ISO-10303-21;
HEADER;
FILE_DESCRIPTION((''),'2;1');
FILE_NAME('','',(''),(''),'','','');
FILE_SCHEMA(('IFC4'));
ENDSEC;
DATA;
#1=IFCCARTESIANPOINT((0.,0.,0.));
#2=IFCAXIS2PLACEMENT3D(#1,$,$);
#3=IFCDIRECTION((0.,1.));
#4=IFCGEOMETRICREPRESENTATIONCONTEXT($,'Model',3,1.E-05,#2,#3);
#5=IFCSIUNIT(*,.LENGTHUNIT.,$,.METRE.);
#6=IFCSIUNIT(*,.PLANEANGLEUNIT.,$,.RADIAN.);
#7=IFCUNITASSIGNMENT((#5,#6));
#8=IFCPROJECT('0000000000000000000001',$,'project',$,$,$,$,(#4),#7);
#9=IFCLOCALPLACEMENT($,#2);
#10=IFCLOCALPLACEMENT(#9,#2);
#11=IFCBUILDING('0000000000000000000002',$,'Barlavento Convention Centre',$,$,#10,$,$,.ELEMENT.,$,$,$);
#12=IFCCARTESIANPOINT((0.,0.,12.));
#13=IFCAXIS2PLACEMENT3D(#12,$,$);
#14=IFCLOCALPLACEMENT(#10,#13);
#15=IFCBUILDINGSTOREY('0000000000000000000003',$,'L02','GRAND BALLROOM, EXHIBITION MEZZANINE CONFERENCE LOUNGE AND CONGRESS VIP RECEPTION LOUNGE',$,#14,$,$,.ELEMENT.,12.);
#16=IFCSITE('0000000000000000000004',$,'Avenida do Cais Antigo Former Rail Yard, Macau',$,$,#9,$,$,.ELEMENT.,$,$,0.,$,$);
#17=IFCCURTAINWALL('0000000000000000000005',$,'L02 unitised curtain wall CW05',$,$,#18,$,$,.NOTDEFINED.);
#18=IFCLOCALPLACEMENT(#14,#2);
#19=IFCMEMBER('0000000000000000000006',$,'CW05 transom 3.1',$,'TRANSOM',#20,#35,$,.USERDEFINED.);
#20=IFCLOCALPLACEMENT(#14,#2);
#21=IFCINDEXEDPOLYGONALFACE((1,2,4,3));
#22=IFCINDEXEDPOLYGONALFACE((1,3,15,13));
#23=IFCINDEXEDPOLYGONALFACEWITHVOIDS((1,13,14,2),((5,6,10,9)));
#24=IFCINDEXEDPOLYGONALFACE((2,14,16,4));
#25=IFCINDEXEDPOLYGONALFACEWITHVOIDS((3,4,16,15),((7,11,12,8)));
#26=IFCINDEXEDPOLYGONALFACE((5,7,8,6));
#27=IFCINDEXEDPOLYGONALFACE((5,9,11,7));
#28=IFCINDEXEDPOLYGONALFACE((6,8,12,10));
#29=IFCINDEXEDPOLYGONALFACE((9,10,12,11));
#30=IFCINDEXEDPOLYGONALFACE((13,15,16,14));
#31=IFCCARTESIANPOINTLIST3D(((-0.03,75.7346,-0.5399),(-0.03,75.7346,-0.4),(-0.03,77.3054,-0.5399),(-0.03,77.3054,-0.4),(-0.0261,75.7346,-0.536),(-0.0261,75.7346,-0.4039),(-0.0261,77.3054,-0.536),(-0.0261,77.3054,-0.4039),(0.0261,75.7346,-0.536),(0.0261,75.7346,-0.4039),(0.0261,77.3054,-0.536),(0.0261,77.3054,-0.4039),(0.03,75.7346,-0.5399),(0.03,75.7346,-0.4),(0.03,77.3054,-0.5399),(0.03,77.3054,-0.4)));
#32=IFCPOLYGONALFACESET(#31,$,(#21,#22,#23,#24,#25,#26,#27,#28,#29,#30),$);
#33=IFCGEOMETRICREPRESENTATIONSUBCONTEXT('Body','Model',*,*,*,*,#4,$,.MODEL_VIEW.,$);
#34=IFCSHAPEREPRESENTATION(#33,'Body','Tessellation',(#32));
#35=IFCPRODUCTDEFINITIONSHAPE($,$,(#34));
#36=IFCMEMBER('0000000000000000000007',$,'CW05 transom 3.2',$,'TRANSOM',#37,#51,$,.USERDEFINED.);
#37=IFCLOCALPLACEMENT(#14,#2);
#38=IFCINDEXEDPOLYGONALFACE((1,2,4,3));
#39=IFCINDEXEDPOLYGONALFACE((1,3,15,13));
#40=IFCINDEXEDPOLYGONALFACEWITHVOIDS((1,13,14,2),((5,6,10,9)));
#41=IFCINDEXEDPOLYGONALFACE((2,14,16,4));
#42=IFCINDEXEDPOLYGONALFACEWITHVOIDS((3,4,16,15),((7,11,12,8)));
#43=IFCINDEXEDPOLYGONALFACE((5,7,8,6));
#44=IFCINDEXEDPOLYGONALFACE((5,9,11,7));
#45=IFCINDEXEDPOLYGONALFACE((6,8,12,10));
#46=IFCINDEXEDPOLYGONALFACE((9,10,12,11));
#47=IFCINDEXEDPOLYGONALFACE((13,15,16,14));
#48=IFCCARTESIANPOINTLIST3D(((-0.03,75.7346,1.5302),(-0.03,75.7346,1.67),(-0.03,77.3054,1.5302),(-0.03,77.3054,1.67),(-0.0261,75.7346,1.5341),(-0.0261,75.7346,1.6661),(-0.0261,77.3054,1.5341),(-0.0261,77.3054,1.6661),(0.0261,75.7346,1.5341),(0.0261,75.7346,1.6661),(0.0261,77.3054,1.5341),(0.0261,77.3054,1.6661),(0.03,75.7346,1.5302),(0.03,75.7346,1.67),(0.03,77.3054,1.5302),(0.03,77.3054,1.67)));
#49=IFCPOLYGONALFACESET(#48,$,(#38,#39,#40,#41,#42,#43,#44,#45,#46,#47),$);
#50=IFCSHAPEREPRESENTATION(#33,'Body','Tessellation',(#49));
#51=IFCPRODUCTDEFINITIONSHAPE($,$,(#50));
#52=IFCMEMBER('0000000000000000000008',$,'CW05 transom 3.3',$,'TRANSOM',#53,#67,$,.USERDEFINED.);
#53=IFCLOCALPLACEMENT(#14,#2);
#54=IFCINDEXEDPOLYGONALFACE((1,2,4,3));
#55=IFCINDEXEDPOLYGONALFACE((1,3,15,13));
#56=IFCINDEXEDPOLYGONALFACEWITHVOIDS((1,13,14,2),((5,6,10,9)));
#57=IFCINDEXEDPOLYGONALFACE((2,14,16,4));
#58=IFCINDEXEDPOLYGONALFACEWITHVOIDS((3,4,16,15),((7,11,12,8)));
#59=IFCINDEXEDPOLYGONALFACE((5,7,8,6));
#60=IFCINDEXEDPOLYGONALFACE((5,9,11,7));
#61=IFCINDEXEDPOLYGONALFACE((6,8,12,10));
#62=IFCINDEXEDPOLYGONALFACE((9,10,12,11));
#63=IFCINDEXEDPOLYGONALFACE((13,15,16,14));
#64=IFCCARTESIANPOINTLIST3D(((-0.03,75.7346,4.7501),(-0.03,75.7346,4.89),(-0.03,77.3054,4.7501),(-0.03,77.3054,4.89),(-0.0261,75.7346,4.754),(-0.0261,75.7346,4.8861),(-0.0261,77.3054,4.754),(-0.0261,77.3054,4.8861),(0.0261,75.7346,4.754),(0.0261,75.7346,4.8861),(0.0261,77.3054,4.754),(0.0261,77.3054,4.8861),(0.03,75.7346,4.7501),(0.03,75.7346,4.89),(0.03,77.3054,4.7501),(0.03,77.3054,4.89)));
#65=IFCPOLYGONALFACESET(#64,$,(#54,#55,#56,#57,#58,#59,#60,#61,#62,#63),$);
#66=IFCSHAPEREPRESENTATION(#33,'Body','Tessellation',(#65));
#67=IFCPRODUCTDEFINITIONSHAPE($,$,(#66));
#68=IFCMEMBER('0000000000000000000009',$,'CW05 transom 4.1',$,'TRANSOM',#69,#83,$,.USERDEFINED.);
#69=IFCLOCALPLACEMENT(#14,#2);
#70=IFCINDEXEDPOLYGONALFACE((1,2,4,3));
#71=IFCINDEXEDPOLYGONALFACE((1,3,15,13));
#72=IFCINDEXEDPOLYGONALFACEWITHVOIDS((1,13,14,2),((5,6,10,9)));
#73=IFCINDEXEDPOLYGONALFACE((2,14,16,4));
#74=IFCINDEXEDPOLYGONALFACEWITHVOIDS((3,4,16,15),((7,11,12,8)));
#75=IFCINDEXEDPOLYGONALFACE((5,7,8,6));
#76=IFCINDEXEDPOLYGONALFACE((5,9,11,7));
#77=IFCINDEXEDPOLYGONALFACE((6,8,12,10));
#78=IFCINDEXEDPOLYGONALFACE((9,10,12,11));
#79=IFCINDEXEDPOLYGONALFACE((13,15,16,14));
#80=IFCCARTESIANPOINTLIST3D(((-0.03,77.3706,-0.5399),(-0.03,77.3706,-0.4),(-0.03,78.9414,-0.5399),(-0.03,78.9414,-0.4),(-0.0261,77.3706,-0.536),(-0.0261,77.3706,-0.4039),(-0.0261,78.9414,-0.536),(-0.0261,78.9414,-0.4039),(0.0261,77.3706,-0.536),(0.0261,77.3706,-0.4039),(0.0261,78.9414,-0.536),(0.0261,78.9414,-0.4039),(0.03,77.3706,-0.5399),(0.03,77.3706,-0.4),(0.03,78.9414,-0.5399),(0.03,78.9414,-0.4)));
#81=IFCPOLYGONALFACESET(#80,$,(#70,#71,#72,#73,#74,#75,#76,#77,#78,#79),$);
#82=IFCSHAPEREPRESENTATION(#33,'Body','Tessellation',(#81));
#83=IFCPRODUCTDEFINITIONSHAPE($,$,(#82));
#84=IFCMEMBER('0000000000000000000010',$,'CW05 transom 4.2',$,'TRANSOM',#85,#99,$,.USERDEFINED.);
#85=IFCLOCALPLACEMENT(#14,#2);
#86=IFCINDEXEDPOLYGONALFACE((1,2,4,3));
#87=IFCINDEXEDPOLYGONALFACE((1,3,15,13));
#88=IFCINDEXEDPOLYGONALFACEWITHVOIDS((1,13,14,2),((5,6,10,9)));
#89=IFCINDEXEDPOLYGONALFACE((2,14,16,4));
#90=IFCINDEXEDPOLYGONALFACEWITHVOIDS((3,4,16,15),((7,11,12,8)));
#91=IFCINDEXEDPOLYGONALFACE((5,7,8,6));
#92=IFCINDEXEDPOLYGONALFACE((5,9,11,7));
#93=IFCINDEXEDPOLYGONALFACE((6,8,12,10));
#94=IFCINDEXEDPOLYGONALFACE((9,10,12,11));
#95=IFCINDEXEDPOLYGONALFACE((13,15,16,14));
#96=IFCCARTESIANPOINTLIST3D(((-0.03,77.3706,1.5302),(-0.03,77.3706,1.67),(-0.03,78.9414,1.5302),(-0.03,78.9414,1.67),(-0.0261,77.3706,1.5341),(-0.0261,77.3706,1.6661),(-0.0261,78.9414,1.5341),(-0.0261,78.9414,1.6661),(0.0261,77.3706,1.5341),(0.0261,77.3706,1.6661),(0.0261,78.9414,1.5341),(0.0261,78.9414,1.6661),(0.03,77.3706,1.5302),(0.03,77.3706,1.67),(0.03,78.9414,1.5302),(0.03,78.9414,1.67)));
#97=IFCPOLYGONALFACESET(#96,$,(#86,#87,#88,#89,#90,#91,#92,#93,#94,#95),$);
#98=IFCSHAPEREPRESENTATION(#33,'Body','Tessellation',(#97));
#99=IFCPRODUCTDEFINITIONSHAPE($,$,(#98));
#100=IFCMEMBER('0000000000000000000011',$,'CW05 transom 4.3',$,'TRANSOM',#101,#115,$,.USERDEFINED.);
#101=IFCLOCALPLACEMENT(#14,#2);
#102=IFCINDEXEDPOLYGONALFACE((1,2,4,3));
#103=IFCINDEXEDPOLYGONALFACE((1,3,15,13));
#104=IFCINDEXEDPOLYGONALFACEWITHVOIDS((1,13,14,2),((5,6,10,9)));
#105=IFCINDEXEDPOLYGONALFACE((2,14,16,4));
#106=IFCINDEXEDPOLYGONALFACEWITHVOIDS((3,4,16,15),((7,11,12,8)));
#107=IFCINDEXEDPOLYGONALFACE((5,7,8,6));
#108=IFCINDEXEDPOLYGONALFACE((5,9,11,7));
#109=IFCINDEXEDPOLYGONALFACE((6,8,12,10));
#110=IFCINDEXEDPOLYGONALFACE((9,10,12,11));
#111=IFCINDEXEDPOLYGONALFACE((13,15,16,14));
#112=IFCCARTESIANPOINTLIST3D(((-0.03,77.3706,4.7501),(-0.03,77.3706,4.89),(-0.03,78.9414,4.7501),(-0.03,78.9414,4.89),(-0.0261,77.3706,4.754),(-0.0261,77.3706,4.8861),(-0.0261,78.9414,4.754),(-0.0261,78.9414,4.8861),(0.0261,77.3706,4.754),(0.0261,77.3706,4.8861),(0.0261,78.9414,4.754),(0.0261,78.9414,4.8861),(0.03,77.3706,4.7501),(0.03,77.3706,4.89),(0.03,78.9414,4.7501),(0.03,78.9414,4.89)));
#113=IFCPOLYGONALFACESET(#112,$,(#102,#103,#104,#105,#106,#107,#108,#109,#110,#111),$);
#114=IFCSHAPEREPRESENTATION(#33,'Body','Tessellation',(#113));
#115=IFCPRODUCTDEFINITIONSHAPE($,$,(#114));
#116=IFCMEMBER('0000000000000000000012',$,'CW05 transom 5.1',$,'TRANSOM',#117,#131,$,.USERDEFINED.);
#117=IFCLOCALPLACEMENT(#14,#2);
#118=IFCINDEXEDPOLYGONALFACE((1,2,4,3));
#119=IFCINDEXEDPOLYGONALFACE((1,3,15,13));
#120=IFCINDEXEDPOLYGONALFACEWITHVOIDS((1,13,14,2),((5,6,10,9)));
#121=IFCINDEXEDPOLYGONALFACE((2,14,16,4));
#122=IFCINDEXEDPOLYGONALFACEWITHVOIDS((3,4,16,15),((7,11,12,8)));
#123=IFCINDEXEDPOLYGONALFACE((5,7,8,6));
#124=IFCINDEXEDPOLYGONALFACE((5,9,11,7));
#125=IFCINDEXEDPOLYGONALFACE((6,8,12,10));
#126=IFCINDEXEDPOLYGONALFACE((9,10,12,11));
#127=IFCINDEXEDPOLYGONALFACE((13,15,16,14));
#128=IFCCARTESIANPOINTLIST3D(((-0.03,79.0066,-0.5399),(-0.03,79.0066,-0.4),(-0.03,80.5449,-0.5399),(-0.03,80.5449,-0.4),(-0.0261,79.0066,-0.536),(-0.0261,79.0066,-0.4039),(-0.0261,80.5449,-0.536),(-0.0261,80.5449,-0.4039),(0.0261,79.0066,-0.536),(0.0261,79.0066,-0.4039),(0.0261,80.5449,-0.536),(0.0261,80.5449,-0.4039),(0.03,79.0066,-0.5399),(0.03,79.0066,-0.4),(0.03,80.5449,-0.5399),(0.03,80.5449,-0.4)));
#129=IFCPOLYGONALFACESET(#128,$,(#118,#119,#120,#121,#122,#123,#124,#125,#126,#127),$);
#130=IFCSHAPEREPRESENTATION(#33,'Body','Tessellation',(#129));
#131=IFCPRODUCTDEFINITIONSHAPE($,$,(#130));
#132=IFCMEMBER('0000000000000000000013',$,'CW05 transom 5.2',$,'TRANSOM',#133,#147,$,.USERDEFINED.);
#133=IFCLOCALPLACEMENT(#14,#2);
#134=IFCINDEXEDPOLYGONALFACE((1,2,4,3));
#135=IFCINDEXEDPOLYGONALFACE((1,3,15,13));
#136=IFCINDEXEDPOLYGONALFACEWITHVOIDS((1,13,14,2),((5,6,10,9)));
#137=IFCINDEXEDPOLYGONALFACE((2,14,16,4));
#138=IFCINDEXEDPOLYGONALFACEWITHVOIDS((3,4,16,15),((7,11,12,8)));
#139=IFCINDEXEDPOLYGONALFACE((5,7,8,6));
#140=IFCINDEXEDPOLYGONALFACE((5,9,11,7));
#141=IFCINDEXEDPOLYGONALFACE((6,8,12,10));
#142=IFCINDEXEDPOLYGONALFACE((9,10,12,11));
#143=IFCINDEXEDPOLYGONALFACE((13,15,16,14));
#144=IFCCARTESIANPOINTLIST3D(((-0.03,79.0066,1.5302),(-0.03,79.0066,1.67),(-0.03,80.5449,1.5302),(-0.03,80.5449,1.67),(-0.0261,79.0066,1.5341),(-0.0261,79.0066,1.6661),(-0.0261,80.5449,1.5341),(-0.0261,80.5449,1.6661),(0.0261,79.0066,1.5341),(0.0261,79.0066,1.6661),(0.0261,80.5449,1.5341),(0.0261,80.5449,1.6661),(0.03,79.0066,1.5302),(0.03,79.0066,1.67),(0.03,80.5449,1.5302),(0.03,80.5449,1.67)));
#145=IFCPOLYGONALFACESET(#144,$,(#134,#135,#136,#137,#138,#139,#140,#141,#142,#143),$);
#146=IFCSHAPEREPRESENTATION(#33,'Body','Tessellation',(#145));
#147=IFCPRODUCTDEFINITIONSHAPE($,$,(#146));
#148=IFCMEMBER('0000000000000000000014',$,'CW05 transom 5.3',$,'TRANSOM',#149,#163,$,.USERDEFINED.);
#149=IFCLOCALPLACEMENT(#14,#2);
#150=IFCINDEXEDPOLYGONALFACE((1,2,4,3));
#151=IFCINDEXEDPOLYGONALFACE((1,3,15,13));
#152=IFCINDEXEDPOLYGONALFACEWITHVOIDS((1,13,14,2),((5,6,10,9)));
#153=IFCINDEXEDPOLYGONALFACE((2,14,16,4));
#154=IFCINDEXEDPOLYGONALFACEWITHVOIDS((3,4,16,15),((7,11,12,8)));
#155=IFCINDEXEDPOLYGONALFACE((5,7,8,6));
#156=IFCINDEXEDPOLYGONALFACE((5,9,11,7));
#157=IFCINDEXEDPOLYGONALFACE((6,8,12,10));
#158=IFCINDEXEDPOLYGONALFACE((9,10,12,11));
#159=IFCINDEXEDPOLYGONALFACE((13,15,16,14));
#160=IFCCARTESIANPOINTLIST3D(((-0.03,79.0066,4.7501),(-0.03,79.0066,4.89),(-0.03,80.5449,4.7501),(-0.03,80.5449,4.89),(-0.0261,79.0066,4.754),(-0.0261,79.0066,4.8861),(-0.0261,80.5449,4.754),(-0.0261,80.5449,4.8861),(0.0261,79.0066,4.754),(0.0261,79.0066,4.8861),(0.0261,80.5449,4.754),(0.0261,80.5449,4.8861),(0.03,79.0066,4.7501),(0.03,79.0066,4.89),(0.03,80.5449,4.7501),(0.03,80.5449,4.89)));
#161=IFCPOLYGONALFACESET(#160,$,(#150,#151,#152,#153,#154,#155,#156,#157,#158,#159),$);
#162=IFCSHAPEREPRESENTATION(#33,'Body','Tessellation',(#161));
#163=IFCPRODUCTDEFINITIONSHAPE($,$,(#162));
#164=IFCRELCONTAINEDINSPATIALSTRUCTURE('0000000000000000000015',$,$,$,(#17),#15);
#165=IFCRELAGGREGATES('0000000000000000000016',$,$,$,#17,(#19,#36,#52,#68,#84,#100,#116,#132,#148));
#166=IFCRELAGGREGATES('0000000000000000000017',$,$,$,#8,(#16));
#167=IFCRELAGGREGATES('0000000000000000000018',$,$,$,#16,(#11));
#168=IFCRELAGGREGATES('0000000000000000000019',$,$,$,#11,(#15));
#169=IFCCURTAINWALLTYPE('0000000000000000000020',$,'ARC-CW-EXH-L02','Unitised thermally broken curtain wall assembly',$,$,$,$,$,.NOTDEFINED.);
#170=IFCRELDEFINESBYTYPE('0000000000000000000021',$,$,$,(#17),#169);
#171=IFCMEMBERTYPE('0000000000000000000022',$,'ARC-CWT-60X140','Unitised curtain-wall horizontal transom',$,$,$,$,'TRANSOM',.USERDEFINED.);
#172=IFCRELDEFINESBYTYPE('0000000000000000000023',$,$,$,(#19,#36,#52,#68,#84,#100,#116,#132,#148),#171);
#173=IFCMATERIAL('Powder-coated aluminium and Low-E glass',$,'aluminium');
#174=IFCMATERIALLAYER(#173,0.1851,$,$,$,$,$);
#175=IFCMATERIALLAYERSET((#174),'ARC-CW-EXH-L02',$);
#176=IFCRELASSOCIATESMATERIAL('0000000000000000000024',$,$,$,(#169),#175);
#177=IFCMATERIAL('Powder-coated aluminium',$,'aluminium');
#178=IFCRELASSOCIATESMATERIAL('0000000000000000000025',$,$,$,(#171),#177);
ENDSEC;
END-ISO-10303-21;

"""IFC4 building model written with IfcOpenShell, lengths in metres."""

from ifc_helpers import new_model, si_unit, direction, frame, origin, origin_2d, place, context, subcontext, project, spatial, hollow_rectangle, extrude, material, layer, layer_set, material_profile, profile_set, type_object, element, aggregate, save


model = new_model("IFC4")

# Units and contexts
model_context = context("Model", 3, precision=1e-05, world=origin(), true_north=direction((0.0, 1.0)))
body_context = subcontext(model_context, "Body", "Model", "MODEL_VIEW")
ifc_project = project(units=[si_unit("LENGTHUNIT", "METRE"), si_unit("PLANEANGLEUNIT", "RADIAN")], contexts=[model_context])

# Site, building, storey
site_placement = place(None, origin())
site = spatial("IfcSite", under=ifc_project, at=site_placement, Name="Avenida do Cais Antigo Former Rail Yard, Macau", CompositionType="ELEMENT", RefElevation=0.0)
building_placement = place(site_placement, origin())
building = spatial("IfcBuilding", under=site, at=building_placement, Name="Barlavento Convention Centre", CompositionType="ELEMENT")
storey_placement = place(building_placement, frame((0.0, 0.0, 12.0)))
storey = spatial("IfcBuildingStorey", under=building, at=storey_placement, Name="L02", Description="GRAND BALLROOM, EXHIBITION MEZZANINE CONFERENCE LOUNGE AND CONGRESS VIP RECEPTION LOUNGE", CompositionType="ELEMENT", Elevation=12.0)

# Curtain wall, members
ifc_material_1 = material(Name="Powder-coated aluminium and Low-E glass", Category="aluminium")
ifc_layer_1 = layer(ifc_material_1, 0.1851)
ifc_layer_set_1 = layer_set([ifc_layer_1], Name="ARC-CW-EXH-L02")
curtain_wall_type = type_object("IfcCurtainWallType", Name="ARC-CW-EXH-L02", Description="Unitised thermally broken curtain wall assembly", PredefinedType="NOTDEFINED", material=ifc_layer_set_1)
curtain_wall_placement = place(storey_placement, origin())
curtain_wall = element("IfcCurtainWall", 1, at=curtain_wall_placement, inside=storey, type_object=curtain_wall_type, Name="L02 unitised curtain wall CW05", PredefinedType="NOTDEFINED")
ifc_material_2 = material(Name="Powder-coated aluminium", Category="aluminium")
ifc_material_profile_1 = material_profile(ifc_material_2, hollow_rectangle(XDim=0.0601, YDim=0.1399, WallThickness=0.0039, at=origin_2d()), Name="AL-TRAN 60x140x4")
ifc_profile_set_1 = profile_set([ifc_material_profile_1], Name="Powder-coated aluminium")
member_type_1 = type_object("IfcMemberType", Name="ARC-CWT-60X140", Description="Unitised curtain-wall horizontal transom", ElementType="TRANSOM", PredefinedType="USERDEFINED", material=ifc_profile_set_1)
member_1_placement = place(storey_placement, frame((0.0, 75.7346, -0.47), z_axis=(0.0, 1.0, 0.0), x_axis=(-1.0, 0.0, 0.0)))
member_1 = element("IfcMember", 2, at=member_1_placement, type_object=member_type_1, Name="CW05 transom 3.1", ObjectType="TRANSOM", PredefinedType="USERDEFINED", context=body_context, shape_type="SweptSolid", body=[
    extrude(hollow_rectangle(XDim=0.0601, YDim=0.1399, WallThickness=0.0039, at=origin_2d()), origin(), (0.0, 0.0, 1.0), 1.5708),
])
member_2_placement = place(storey_placement, frame((0.0, 75.7346, 1.6001), z_axis=(0.0, 1.0, 0.0), x_axis=(-1.0, 0.0, 0.0)))
member_2 = element("IfcMember", 3, at=member_2_placement, type_object=member_type_1, Name="CW05 transom 3.2", ObjectType="TRANSOM", PredefinedType="USERDEFINED", context=body_context, shape_type="SweptSolid", body=[
    extrude(hollow_rectangle(XDim=0.0601, YDim=0.1399, WallThickness=0.0039, at=origin_2d()), origin(), (0.0, 0.0, 1.0), 1.5708),
])
member_3_placement = place(storey_placement, frame((0.0, 75.7346, 4.8201), z_axis=(0.0, 1.0, 0.0), x_axis=(-1.0, 0.0, 0.0)))
member_3 = element("IfcMember", 4, at=member_3_placement, type_object=member_type_1, Name="CW05 transom 3.3", ObjectType="TRANSOM", PredefinedType="USERDEFINED", context=body_context, shape_type="SweptSolid", body=[
    extrude(hollow_rectangle(XDim=0.0601, YDim=0.1399, WallThickness=0.0039, at=origin_2d()), origin(), (0.0, 0.0, 1.0), 1.5708),
])
member_4_placement = place(storey_placement, frame((0.0, 77.3706, -0.47), z_axis=(0.0, 1.0, 0.0), x_axis=(-1.0, 0.0, 0.0)))
member_4 = element("IfcMember", 5, at=member_4_placement, type_object=member_type_1, Name="CW05 transom 4.1", ObjectType="TRANSOM", PredefinedType="USERDEFINED", context=body_context, shape_type="SweptSolid", body=[
    extrude(hollow_rectangle(XDim=0.0601, YDim=0.1399, WallThickness=0.0039, at=origin_2d()), origin(), (0.0, 0.0, 1.0), 1.5708),
])
member_5_placement = place(storey_placement, frame((0.0, 77.3706, 1.6001), z_axis=(0.0, 1.0, 0.0), x_axis=(-1.0, 0.0, 0.0)))
member_5 = element("IfcMember", 6, at=member_5_placement, type_object=member_type_1, Name="CW05 transom 4.2", ObjectType="TRANSOM", PredefinedType="USERDEFINED", context=body_context, shape_type="SweptSolid", body=[
    extrude(hollow_rectangle(XDim=0.0601, YDim=0.1399, WallThickness=0.0039, at=origin_2d()), origin(), (0.0, 0.0, 1.0), 1.5708),
])
member_6_placement = place(storey_placement, frame((0.0, 77.3706, 4.8201), z_axis=(0.0, 1.0, 0.0), x_axis=(-1.0, 0.0, 0.0)))
member_6 = element("IfcMember", 7, at=member_6_placement, type_object=member_type_1, Name="CW05 transom 4.3", ObjectType="TRANSOM", PredefinedType="USERDEFINED", context=body_context, shape_type="SweptSolid", body=[
    extrude(hollow_rectangle(XDim=0.0601, YDim=0.1399, WallThickness=0.0039, at=origin_2d()), origin(), (0.0, 0.0, 1.0), 1.5708),
])
member_7_placement = place(storey_placement, frame((0.0, 79.0066, -0.47), z_axis=(0.0, 1.0, 0.0), x_axis=(-1.0, 0.0, 0.0)))
member_7 = element("IfcMember", 8, at=member_7_placement, type_object=member_type_1, Name="CW05 transom 5.1", ObjectType="TRANSOM", PredefinedType="USERDEFINED", context=body_context, shape_type="SweptSolid", body=[
    extrude(hollow_rectangle(XDim=0.0601, YDim=0.1399, WallThickness=0.0039, at=origin_2d()), origin(), (0.0, 0.0, 1.0), 1.5383),
])
member_8_placement = place(storey_placement, frame((0.0, 79.0066, 1.6001), z_axis=(0.0, 1.0, 0.0), x_axis=(-1.0, 0.0, 0.0)))
member_8 = element("IfcMember", 9, at=member_8_placement, type_object=member_type_1, Name="CW05 transom 5.2", ObjectType="TRANSOM", PredefinedType="USERDEFINED", context=body_context, shape_type="SweptSolid", body=[
    extrude(hollow_rectangle(XDim=0.0601, YDim=0.1399, WallThickness=0.0039, at=origin_2d()), origin(), (0.0, 0.0, 1.0), 1.5383),
])
member_9_placement = place(storey_placement, frame((0.0, 79.0066, 4.8201), z_axis=(0.0, 1.0, 0.0), x_axis=(-1.0, 0.0, 0.0)))
member_9 = element("IfcMember", 10, at=member_9_placement, type_object=member_type_1, Name="CW05 transom 5.3", ObjectType="TRANSOM", PredefinedType="USERDEFINED", context=body_context, shape_type="SweptSolid", body=[
    extrude(hollow_rectangle(XDim=0.0601, YDim=0.1399, WallThickness=0.0039, at=origin_2d()), origin(), (0.0, 0.0, 1.0), 1.5383),
])

aggregate(curtain_wall, [member_1, member_2, member_3, member_4, member_5, member_6, member_7, member_8, member_9])

save(model, "model.ifc")
